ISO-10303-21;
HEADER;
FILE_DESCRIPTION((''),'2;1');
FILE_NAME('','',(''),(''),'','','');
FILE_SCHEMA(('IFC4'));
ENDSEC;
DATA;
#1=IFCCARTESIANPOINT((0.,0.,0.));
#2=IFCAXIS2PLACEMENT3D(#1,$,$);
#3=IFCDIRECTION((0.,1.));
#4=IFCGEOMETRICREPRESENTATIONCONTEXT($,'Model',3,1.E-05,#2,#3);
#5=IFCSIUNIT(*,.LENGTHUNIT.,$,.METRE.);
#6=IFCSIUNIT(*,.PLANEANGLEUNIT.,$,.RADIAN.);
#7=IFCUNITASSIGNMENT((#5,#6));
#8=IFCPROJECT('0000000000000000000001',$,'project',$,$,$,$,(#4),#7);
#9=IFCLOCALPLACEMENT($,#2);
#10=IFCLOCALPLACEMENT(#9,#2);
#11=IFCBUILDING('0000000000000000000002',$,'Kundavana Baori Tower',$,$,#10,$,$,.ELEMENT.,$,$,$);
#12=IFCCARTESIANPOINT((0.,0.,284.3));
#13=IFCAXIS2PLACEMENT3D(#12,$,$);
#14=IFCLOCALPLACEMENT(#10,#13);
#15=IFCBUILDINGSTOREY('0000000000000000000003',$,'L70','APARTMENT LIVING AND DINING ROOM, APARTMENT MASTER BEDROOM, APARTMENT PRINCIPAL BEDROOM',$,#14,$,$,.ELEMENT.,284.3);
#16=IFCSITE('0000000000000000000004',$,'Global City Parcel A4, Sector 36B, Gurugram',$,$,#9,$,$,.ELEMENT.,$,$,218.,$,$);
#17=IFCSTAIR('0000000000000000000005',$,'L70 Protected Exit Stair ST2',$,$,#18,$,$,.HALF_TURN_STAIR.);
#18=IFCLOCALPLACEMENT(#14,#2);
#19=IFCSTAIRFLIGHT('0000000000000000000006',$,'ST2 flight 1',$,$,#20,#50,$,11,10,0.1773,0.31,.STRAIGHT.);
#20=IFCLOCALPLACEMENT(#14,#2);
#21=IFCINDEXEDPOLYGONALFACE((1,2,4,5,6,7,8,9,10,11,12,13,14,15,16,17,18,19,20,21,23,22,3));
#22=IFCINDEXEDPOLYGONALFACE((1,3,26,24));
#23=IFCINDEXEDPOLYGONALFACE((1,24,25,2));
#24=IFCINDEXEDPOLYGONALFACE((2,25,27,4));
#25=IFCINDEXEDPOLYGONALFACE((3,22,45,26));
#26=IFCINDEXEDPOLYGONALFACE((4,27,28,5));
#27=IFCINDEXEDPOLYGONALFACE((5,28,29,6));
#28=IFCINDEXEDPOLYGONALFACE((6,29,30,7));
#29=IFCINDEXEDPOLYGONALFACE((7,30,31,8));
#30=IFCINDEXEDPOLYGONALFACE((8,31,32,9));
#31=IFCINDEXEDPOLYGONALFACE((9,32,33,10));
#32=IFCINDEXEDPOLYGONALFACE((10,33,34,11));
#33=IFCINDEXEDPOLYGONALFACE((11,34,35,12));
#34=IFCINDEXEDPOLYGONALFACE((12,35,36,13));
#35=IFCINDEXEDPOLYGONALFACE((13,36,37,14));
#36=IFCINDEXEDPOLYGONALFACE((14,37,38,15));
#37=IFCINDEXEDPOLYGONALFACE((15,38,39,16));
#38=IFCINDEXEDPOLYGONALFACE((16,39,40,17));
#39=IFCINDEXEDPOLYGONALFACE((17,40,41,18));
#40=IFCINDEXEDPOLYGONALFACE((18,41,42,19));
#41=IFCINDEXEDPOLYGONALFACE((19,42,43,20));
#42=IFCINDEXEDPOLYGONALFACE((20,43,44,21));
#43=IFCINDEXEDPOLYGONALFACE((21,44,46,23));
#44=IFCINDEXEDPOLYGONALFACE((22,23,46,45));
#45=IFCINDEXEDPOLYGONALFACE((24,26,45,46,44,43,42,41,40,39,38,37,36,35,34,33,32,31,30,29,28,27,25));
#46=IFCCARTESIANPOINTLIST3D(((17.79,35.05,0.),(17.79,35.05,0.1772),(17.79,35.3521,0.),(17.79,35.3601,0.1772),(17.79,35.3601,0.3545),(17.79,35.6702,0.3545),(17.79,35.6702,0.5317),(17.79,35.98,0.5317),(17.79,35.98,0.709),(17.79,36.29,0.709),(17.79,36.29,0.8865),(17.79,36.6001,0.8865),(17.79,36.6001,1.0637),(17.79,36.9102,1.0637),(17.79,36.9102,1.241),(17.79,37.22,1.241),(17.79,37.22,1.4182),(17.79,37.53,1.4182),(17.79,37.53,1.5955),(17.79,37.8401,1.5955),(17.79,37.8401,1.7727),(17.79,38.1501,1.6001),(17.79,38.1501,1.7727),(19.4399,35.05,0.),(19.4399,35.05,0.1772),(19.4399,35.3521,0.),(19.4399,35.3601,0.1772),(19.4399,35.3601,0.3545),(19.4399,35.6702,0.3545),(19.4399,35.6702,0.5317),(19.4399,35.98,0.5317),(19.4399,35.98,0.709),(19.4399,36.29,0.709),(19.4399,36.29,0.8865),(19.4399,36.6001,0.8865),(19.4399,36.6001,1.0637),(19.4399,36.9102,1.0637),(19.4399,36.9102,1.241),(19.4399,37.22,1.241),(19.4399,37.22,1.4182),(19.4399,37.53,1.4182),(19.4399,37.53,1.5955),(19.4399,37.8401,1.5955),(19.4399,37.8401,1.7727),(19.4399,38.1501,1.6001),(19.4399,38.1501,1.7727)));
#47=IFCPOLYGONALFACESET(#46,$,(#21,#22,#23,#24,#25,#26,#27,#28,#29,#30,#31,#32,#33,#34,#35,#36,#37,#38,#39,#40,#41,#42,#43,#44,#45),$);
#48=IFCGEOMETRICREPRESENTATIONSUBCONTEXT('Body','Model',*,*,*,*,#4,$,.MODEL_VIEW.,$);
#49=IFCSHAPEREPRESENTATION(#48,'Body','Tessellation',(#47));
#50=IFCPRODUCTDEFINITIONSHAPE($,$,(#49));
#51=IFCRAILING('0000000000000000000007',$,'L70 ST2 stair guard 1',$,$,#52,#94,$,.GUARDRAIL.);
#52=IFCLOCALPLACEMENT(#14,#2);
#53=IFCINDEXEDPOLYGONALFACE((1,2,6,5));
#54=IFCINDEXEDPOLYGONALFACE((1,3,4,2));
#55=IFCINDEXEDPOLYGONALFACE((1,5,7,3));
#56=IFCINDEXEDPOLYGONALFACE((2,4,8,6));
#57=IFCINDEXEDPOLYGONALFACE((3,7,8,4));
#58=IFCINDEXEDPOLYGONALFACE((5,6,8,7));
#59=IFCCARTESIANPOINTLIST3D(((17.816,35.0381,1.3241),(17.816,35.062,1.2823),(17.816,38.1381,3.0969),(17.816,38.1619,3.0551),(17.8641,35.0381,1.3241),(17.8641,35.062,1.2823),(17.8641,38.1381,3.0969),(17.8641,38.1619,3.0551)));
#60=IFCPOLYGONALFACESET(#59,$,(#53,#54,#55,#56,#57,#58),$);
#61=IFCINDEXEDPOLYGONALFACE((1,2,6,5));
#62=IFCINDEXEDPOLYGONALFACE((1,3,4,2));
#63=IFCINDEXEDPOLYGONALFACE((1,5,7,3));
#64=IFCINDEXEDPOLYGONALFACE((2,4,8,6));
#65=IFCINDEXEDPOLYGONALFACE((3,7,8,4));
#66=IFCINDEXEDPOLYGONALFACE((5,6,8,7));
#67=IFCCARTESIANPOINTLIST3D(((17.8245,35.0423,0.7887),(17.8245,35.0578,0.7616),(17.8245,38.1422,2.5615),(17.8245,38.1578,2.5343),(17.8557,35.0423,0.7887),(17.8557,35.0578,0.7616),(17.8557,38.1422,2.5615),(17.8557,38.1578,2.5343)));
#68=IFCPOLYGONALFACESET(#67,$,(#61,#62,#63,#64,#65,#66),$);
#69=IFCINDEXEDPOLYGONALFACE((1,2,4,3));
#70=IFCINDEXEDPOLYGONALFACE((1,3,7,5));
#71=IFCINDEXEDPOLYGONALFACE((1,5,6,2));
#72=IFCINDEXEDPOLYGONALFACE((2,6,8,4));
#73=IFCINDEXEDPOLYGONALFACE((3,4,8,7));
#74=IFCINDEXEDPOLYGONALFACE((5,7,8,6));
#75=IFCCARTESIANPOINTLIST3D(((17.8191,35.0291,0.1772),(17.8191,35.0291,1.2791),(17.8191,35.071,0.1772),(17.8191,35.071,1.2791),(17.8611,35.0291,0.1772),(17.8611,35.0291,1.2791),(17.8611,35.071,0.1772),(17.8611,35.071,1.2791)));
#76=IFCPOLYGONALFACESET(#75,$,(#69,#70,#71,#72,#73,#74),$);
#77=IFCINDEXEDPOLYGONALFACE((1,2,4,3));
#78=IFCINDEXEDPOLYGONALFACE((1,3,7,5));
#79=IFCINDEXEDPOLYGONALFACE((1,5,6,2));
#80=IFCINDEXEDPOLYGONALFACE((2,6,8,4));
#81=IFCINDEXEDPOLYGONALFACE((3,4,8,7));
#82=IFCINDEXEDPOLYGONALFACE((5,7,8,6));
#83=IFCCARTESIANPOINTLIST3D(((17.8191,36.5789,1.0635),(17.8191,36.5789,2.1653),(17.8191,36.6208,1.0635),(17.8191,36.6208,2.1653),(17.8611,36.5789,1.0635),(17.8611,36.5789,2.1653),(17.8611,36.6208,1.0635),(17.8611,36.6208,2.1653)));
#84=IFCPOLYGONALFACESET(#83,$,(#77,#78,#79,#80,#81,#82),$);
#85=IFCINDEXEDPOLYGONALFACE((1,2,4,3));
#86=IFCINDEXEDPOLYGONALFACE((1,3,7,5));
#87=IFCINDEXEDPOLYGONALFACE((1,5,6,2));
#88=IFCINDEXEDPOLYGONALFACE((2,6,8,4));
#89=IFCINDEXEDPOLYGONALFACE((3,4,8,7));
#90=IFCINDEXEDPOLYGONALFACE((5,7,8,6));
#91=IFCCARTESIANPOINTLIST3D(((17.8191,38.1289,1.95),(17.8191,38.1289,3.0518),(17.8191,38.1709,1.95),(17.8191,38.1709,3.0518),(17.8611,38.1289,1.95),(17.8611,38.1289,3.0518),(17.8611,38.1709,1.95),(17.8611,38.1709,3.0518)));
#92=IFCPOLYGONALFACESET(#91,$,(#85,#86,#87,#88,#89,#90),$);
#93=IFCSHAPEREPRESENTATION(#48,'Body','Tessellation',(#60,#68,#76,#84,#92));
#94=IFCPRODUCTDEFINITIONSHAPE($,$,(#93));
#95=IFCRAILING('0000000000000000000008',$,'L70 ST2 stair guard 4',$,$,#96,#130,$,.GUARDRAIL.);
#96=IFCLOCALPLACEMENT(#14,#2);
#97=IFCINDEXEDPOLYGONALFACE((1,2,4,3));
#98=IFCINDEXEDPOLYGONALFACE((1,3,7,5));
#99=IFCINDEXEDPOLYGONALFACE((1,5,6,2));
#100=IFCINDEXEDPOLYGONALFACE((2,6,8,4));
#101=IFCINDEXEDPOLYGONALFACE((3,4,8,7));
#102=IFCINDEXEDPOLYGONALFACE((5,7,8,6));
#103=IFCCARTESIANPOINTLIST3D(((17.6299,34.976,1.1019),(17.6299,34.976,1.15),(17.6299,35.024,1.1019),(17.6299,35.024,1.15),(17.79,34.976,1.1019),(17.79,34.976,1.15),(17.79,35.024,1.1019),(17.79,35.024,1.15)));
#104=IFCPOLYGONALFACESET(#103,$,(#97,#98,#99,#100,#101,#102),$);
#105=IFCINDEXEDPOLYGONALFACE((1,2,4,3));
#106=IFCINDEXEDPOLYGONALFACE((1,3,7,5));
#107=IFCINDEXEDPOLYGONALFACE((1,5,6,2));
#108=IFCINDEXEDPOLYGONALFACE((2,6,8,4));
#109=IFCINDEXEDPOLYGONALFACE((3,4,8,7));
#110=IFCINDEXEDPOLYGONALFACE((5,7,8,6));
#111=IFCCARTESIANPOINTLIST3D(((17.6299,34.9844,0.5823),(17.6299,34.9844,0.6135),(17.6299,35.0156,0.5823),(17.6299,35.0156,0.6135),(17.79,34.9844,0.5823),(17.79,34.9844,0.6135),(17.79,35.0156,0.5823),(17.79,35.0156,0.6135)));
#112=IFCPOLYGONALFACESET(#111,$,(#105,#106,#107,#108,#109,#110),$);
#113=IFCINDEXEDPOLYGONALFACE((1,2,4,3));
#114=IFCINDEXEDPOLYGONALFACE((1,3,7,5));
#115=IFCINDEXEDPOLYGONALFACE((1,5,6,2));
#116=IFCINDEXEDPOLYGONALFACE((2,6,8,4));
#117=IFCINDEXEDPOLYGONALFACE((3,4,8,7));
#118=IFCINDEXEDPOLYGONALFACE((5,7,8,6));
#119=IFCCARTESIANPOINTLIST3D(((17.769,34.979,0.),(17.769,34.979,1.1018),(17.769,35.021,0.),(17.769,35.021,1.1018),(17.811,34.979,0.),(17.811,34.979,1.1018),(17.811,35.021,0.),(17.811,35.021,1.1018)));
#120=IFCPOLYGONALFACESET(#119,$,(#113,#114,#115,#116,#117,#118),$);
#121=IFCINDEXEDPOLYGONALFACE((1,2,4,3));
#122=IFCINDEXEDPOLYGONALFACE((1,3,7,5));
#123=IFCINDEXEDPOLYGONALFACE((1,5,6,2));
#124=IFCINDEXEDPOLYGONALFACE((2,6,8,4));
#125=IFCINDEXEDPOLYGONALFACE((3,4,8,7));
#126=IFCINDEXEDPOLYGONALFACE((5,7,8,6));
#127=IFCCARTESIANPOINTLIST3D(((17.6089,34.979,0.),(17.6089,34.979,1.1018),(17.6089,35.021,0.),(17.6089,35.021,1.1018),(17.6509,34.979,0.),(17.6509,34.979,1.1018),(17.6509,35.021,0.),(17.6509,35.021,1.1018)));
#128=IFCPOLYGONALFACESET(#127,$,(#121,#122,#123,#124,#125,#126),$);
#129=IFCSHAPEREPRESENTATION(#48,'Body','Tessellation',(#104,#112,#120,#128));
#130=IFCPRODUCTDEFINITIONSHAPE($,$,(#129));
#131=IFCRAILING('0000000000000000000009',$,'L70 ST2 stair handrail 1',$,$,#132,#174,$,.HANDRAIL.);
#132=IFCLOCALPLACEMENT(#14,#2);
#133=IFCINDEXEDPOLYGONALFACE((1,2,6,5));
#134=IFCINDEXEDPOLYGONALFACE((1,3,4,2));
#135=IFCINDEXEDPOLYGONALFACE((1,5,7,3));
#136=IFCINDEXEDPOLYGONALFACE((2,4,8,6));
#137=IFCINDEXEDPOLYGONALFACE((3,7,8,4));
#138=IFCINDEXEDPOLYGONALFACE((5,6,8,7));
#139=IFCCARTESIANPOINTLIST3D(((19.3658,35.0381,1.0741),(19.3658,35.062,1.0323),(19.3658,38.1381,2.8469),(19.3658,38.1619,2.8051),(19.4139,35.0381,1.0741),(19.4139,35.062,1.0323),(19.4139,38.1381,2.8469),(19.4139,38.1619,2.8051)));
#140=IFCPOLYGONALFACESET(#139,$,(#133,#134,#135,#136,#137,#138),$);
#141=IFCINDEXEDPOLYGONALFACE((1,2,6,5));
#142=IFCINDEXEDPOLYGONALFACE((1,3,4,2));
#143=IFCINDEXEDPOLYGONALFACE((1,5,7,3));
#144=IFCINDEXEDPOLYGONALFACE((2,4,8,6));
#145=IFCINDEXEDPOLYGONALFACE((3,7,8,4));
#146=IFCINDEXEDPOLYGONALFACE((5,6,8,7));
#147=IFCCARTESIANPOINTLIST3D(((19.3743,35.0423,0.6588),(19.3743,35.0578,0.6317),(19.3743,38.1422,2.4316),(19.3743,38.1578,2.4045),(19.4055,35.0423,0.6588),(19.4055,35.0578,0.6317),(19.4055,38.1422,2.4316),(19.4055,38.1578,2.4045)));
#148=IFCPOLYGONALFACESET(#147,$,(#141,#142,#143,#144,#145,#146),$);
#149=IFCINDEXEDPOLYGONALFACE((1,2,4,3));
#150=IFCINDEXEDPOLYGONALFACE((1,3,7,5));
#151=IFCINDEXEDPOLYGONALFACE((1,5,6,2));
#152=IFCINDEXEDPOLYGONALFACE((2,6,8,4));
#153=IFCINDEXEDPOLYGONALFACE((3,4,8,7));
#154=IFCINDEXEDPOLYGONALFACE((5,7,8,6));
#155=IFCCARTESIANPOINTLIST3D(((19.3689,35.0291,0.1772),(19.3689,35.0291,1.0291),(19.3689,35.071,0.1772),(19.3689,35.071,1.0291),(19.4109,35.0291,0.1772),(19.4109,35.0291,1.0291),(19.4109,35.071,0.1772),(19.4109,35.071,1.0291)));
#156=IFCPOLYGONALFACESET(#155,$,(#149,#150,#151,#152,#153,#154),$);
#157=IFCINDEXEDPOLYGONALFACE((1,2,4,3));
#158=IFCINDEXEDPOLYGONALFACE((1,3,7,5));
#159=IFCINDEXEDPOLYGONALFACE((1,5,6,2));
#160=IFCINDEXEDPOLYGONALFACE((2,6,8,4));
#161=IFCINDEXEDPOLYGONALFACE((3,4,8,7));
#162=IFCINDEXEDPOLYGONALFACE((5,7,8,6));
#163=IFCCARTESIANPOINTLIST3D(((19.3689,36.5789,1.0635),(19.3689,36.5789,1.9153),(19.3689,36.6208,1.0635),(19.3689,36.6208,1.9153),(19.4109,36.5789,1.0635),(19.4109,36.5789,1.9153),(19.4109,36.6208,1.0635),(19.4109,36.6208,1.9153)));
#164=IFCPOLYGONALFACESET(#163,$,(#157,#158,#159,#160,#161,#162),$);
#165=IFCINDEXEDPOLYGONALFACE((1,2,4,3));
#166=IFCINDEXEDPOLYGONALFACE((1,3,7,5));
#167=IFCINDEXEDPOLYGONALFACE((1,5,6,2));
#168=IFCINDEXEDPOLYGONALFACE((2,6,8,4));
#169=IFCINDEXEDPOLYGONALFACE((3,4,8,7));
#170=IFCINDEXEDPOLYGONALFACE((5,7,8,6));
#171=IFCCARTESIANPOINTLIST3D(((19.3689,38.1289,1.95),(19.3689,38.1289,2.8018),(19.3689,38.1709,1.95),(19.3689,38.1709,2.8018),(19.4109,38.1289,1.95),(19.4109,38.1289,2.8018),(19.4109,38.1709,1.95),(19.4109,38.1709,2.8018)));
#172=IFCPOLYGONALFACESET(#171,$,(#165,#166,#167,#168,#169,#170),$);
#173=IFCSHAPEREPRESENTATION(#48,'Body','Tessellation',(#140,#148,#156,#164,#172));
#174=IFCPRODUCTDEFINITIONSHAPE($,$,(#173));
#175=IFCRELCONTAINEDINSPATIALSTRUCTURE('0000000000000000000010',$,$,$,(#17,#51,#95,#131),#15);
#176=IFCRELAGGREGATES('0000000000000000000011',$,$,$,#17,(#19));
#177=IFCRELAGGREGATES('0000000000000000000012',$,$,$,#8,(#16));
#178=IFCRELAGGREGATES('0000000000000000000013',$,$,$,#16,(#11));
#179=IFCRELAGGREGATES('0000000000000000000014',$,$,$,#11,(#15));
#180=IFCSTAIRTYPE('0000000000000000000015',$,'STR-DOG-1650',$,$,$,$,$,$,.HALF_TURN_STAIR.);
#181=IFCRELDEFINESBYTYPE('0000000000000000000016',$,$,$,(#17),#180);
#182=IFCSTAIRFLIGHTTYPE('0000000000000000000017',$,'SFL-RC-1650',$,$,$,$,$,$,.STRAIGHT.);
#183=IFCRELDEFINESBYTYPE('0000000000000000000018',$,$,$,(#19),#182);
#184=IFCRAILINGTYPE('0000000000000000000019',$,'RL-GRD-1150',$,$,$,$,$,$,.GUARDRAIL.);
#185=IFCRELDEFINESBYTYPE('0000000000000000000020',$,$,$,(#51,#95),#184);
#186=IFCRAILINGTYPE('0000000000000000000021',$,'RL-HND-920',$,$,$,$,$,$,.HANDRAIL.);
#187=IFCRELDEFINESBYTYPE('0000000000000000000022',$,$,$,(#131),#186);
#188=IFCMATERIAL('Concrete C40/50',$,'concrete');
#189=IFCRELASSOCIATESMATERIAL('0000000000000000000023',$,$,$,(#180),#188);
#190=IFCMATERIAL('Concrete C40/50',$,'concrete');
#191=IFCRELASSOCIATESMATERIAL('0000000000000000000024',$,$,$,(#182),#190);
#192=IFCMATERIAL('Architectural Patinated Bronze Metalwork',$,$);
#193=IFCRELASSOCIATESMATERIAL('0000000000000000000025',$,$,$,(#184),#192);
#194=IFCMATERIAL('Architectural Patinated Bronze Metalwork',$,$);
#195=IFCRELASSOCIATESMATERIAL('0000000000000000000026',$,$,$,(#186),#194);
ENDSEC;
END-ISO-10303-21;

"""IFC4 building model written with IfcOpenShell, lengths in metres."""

from ifc_helpers import new_model, si_unit, direction, frame, origin, origin_2d, place, context, subcontext, project, spatial, polyline, rectangle, outline, extrude, material, type_object, element, aggregate, save


model = new_model("IFC4")

# Units and contexts
model_context = context("Model", 3, precision=1e-05, world=origin(), true_north=direction((0.0, 1.0)))
body_context = subcontext(model_context, "Body", "Model", "MODEL_VIEW")
ifc_project = project(units=[si_unit("LENGTHUNIT", "METRE"), si_unit("PLANEANGLEUNIT", "RADIAN")], contexts=[model_context])

# Site, building, storey
site_placement = place(None, origin())
site = spatial("IfcSite", under=ifc_project, at=site_placement, Name="Global City Parcel A4, Sector 36B, Gurugram", CompositionType="ELEMENT", RefElevation=218.0)
building_placement = place(site_placement, origin())
building = spatial("IfcBuilding", under=site, at=building_placement, Name="Kundavana Baori Tower", CompositionType="ELEMENT")
storey_placement = place(building_placement, frame((0.0, 0.0, 284.3)))
storey = spatial("IfcBuildingStorey", under=building, at=storey_placement, Name="L70", Description="APARTMENT LIVING AND DINING ROOM, APARTMENT MASTER BEDROOM, APARTMENT PRINCIPAL BEDROOM", CompositionType="ELEMENT", Elevation=284.3)

# Stair, stair flight
ifc_material_1 = material(Name="Concrete C40/50", Category="concrete")
stair_type = type_object("IfcStairType", Name="STR-DOG-1650", PredefinedType="HALF_TURN_STAIR", material=ifc_material_1)
stair_placement = place(storey_placement, origin())
stair = element("IfcStair", 1, at=stair_placement, inside=storey, type_object=stair_type, Name="L70 Protected Exit Stair ST2", PredefinedType="HALF_TURN_STAIR")
ifc_material_2 = material(Name="Concrete C40/50", Category="concrete")
stair_flight_type = type_object("IfcStairFlightType", Name="SFL-RC-1650", PredefinedType="STRAIGHT", material=ifc_material_2)
stair_flight_placement = place(storey_placement, frame((18.615, 35.05, 0.0), z_axis=(0.0, 0.0, 1.0), x_axis=(0.0, 1.0, 0.0)))
stair_flight = element("IfcStairFlight", 2, at=stair_flight_placement, type_object=stair_flight_type, Name="ST2 flight 1", NumberOfRisers=11, NumberOfTreads=10, PredefinedType="STRAIGHT", RiserHeight=0.1773, TreadLength=0.31, context=body_context, shape_type="SweptSolid", body=[
    extrude(outline(polyline([(0.0, 0.0), (0.0, 0.1772), (0.3101, 0.1772), (0.3101, 0.3545), (0.6201, 0.3545), (0.6201, 0.5317), (0.9299, 0.5317), (0.9299, 0.709), (1.24, 0.709), (1.24, 0.8865), (1.55, 0.8865), (1.55, 1.0637), (1.8601, 1.0637), (1.8601, 1.241), (2.1699, 1.241), (2.1699, 1.4182), (2.48, 1.4182), (2.48, 1.5955), (2.79, 1.5955), (2.79, 1.7727), (3.1001, 1.7727), (3.1001, 1.95), (3.1001, 1.6001), (0.302, 0.0), (0.0, 0.0)])), frame((0.0, 0.825, 0.0), z_axis=(0.0, -1.0, 0.0), x_axis=(1.0, 0.0, 0.0)), (0.0, 0.0, 1.0), 1.6499),
])
aggregate(stair, [stair_flight])

# Railings
ifc_material_3 = material(Name="Architectural Patinated Bronze Metalwork")
railing_type_1 = type_object("IfcRailingType", Name="RL-GRD-1150", PredefinedType="GUARDRAIL", material=ifc_material_3)
railing_1_placement = place(storey_placement, frame((17.8401, 35.05, 0.1772)))
element("IfcRailing", 3, at=railing_1_placement, inside=storey, type_object=railing_type_1, Name="L70 ST2 stair guard 1", PredefinedType="GUARDRAIL", context=body_context, shape_type="SweptSolid", body=[
    extrude(rectangle(XDim=0.0481, YDim=0.0481, at=origin_2d()), frame((0.0, 0.0, 1.126), z_axis=(0.0, 0.868079, 0.496426), x_axis=(-1.0, 0.0, 0.0)), (0.0, 0.0, 1.0), 3.571),
    extrude(rectangle(XDim=0.0312, YDim=0.0312, at=origin_2d()), frame((0.0, 0.0, 0.5979), z_axis=(0.0, 0.868079, 0.496426), x_axis=(-1.0, 0.0, 0.0)), (0.0, 0.0, 1.0), 3.571),
    extrude(rectangle(XDim=0.042, YDim=0.042, at=origin_2d()), origin(), (0.0, 0.0, 1.0), 1.1018),
    extrude(rectangle(XDim=0.042, YDim=0.042, at=origin_2d()), frame((0.0, 1.5498, 0.8862)), (0.0, 0.0, 1.0), 1.1018),
    extrude(rectangle(XDim=0.042, YDim=0.042, at=origin_2d()), frame((0.0, 3.0999, 1.7727)), (0.0, 0.0, 1.0), 1.1018),
])
railing_2_placement = place(storey_placement, frame((17.79, 35.0, 0.0)))
element("IfcRailing", 4, at=railing_2_placement, inside=storey, type_object=railing_type_1, Name="L70 ST2 stair guard 4", PredefinedType="GUARDRAIL", context=body_context, shape_type="SweptSolid", body=[
    extrude(rectangle(XDim=0.0481, YDim=0.0481, at=origin_2d()), frame((0.0, 0.0, 1.126), z_axis=(-1.0, 0.0, 0.0), x_axis=(0.0, -1.0, 0.0)), (0.0, 0.0, 1.0), 0.1602),
    extrude(rectangle(XDim=0.0312, YDim=0.0312, at=origin_2d()), frame((0.0, 0.0, 0.5979), z_axis=(-1.0, 0.0, 0.0), x_axis=(0.0, -1.0, 0.0)), (0.0, 0.0, 1.0), 0.1602),
    extrude(rectangle(XDim=0.042, YDim=0.042, at=origin_2d()), origin(), (0.0, 0.0, 1.0), 1.1018),
    extrude(rectangle(XDim=0.042, YDim=0.042, at=origin_2d()), frame((-0.1602, 0.0, 0.0)), (0.0, 0.0, 1.0), 1.1018),
])
ifc_material_4 = material(Name="Architectural Patinated Bronze Metalwork")
railing_type_2 = type_object("IfcRailingType", Name="RL-HND-920", PredefinedType="HANDRAIL", material=ifc_material_4)
railing_3_placement = place(storey_placement, frame((19.3899, 35.05, 0.1772)))
element("IfcRailing", 5, at=railing_3_placement, inside=storey, type_object=railing_type_2, Name="L70 ST2 stair handrail 1", PredefinedType="HANDRAIL", context=body_context, shape_type="SweptSolid", body=[
    extrude(rectangle(XDim=0.0481, YDim=0.0481, at=origin_2d()), frame((0.0, 0.0, 0.876), z_axis=(0.0, 0.868079, 0.496426), x_axis=(-1.0, 0.0, 0.0)), (0.0, 0.0, 1.0), 3.571),
    extrude(rectangle(XDim=0.0312, YDim=0.0312, at=origin_2d()), frame((0.0, 0.0, 0.468), z_axis=(0.0, 0.868079, 0.496426), x_axis=(-1.0, 0.0, 0.0)), (0.0, 0.0, 1.0), 3.571),
    extrude(rectangle(XDim=0.042, YDim=0.042, at=origin_2d()), origin(), (0.0, 0.0, 1.0), 0.8518),
    extrude(rectangle(XDim=0.042, YDim=0.042, at=origin_2d()), frame((0.0, 1.5498, 0.8862)), (0.0, 0.0, 1.0), 0.8518),
    extrude(rectangle(XDim=0.042, YDim=0.042, at=origin_2d()), frame((0.0, 3.0999, 1.7727)), (0.0, 0.0, 1.0), 0.8518),
])

save(model, "model.ifc")
